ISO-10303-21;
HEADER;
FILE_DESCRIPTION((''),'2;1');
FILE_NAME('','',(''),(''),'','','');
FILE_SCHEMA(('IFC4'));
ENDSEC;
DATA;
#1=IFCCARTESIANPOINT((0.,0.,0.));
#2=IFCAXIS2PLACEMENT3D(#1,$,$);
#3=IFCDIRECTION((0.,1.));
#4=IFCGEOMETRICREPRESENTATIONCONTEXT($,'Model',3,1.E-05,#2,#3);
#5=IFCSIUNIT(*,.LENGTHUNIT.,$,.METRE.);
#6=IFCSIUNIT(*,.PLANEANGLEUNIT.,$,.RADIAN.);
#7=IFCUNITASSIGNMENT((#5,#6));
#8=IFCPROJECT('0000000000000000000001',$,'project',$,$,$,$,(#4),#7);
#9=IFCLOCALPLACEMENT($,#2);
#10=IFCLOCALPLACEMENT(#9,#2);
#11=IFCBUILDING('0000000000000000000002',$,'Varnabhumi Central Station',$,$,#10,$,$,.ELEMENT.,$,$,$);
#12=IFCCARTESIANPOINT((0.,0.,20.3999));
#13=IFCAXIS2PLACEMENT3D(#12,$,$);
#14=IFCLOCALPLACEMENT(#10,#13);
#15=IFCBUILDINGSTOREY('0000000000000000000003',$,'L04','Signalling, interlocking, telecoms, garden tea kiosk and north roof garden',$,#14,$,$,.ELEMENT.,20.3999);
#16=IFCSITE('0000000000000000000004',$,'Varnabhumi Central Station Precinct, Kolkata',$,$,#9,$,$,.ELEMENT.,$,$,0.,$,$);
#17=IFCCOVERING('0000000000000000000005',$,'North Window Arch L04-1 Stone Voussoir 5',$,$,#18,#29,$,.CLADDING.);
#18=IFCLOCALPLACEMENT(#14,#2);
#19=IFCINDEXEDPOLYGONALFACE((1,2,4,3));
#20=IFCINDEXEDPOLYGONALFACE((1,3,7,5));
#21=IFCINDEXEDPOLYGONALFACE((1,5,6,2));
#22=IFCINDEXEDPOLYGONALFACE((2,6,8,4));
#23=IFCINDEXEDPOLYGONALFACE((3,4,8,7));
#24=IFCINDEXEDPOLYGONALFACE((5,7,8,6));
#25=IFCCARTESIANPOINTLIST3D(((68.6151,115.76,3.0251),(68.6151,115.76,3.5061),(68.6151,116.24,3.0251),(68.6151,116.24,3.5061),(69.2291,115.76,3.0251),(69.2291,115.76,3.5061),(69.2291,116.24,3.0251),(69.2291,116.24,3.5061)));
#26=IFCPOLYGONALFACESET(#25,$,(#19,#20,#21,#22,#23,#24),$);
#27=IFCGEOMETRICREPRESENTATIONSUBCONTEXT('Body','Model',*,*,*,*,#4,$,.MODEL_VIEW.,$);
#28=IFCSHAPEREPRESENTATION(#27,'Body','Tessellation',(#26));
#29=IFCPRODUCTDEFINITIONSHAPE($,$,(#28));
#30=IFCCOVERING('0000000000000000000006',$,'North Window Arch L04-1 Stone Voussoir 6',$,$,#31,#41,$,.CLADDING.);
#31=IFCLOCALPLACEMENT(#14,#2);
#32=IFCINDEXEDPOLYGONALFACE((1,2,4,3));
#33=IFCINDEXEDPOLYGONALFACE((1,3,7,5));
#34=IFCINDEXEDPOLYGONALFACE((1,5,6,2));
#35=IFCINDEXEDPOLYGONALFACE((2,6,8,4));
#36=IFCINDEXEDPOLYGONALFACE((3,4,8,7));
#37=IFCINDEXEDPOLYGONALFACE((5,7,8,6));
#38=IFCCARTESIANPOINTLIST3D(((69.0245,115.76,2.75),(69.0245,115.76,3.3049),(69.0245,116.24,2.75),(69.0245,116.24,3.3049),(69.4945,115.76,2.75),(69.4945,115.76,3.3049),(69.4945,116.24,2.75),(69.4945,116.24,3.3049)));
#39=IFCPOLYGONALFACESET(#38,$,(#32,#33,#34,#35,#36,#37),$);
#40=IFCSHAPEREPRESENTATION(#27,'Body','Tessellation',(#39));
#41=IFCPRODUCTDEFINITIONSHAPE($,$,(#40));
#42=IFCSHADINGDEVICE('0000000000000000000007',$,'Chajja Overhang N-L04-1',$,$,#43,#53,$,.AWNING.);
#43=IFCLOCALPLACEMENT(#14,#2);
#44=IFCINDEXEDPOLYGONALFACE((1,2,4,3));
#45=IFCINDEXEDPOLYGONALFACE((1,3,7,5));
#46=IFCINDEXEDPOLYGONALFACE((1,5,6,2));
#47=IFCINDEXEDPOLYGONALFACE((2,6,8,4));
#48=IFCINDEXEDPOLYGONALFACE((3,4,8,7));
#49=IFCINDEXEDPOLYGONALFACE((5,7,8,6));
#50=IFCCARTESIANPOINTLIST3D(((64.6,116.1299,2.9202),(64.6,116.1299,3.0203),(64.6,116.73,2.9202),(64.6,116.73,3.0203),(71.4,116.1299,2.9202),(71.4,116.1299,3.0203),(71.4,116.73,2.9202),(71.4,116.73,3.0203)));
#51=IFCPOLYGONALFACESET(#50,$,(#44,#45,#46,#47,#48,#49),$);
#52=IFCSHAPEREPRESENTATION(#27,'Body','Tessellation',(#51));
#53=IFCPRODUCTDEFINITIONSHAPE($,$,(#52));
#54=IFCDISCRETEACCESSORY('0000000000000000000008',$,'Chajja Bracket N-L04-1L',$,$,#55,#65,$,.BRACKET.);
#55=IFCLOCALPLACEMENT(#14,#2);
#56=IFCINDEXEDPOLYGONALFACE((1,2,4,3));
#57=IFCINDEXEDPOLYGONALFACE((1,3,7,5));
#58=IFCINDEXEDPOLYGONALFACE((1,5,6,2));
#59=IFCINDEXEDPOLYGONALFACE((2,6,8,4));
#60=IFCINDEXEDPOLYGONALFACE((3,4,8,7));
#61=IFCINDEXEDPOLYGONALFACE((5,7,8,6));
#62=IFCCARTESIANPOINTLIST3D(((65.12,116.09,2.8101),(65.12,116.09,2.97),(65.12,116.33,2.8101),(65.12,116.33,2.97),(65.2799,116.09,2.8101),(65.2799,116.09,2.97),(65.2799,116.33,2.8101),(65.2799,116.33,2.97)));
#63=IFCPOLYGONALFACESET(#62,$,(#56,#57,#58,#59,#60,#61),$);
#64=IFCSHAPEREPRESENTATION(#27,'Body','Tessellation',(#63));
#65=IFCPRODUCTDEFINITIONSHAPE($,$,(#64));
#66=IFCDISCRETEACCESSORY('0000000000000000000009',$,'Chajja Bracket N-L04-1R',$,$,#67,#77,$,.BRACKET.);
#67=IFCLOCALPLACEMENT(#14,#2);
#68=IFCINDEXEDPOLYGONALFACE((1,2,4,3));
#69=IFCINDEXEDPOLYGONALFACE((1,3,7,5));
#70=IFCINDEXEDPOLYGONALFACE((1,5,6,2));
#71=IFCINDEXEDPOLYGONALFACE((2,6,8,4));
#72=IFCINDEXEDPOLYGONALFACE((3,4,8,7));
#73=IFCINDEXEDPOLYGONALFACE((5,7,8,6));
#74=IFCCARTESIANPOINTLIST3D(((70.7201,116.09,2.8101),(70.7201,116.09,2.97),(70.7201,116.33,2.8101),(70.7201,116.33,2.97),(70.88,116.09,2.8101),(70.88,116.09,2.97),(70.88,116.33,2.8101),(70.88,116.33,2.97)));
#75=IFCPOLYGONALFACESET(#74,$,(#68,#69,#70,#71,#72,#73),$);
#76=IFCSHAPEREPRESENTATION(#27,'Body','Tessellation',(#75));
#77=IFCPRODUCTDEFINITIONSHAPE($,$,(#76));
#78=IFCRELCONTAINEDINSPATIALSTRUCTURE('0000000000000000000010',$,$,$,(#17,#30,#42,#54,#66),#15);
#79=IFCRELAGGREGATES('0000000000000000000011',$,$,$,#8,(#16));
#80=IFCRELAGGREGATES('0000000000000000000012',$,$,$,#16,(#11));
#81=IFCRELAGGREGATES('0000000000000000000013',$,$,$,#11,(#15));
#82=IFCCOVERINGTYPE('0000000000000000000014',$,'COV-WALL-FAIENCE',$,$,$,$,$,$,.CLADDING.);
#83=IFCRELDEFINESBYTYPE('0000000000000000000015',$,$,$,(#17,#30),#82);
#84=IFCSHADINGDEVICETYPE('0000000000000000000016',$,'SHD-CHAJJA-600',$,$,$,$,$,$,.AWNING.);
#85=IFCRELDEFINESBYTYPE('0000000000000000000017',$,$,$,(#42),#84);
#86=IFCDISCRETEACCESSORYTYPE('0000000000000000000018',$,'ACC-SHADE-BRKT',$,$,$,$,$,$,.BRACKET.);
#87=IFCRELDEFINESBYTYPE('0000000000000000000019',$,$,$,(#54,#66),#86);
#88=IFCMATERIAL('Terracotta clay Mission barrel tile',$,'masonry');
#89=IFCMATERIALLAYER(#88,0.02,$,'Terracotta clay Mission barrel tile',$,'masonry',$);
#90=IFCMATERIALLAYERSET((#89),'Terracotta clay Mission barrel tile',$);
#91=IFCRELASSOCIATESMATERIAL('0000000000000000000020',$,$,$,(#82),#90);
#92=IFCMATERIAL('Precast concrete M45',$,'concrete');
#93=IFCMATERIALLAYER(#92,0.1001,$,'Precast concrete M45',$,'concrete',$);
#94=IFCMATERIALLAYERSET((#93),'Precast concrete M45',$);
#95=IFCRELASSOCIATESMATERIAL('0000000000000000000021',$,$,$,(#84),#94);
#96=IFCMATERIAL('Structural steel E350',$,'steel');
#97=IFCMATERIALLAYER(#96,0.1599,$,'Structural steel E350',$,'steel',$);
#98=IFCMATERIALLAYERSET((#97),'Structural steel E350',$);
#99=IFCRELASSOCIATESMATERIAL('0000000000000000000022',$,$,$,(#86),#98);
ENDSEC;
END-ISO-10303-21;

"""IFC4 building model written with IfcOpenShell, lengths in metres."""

from ifc_helpers import new_model, si_unit, direction, frame, origin, origin_2d, place, context, subcontext, project, spatial, rectangle, extrude, material, layer, layer_set, type_object, element, save


model = new_model("IFC4")

# Units and contexts
model_context = context("Model", 3, precision=1e-05, world=origin(), true_north=direction((0.0, 1.0)))
body_context = subcontext(model_context, "Body", "Model", "MODEL_VIEW")
ifc_project = project(units=[si_unit("LENGTHUNIT", "METRE"), si_unit("PLANEANGLEUNIT", "RADIAN")], contexts=[model_context])

# Site, building, storey
site_placement = place(None, origin())
site = spatial("IfcSite", under=ifc_project, at=site_placement, Name="Varnabhumi Central Station Precinct, Kolkata", CompositionType="ELEMENT", RefElevation=0.0)
building_placement = place(site_placement, origin())
building = spatial("IfcBuilding", under=site, at=building_placement, Name="Varnabhumi Central Station", CompositionType="ELEMENT")
storey_placement = place(building_placement, frame((0.0, 0.0, 20.3999)))
storey = spatial("IfcBuildingStorey", under=building, at=storey_placement, Name="L04", Description="Signalling, interlocking, telecoms, garden tea kiosk and north roof garden", CompositionType="ELEMENT", Elevation=20.3999)

# Shared definitions
ifc_material_1 = material(Name="Structural steel E350", Category="steel")

# Coverings
ifc_material_2 = material(Name="Terracotta clay Mission barrel tile", Category="masonry")
ifc_layer_1 = layer(ifc_material_2, 0.02, Name="Terracotta clay Mission barrel tile", Category="masonry")
ifc_layer_set_1 = layer_set([ifc_layer_1], Name="Terracotta clay Mission barrel tile")
covering_type = type_object("IfcCoveringType", Name="COV-WALL-FAIENCE", PredefinedType="CLADDING", material=ifc_layer_set_1)
covering_1_placement = place(storey_placement, frame((68.9221, 116.0, 3.0251), z_axis=(0.0, 0.0, 1.0), x_axis=(1.0, 0.0, 0.0)))
element("IfcCovering", 1, at=covering_1_placement, inside=storey, type_object=covering_type, Name="North Window Arch L04-1 Stone Voussoir 5", PredefinedType="CLADDING", context=body_context, shape_type="SweptSolid", body=[
    extrude(rectangle(XDim=0.614, YDim=0.48, at=origin_2d()), origin(), (0.0, 0.0, 1.0), 0.481),
])
covering_2_placement = place(storey_placement, frame((69.2595, 116.0, 2.75), z_axis=(0.0, 0.0, 1.0), x_axis=(1.0, 0.0, 0.0)))
element("IfcCovering", 2, at=covering_2_placement, inside=storey, type_object=covering_type, Name="North Window Arch L04-1 Stone Voussoir 6", PredefinedType="CLADDING", context=body_context, shape_type="SweptSolid", body=[
    extrude(rectangle(XDim=0.47, YDim=0.48, at=origin_2d()), origin(), (0.0, 0.0, 1.0), 0.5549),
])

# Shading device
ifc_material_3 = material(Name="Precast concrete M45", Category="concrete")
ifc_layer_2 = layer(ifc_material_3, 0.1001, Name="Precast concrete M45", Category="concrete")
ifc_layer_set_2 = layer_set([ifc_layer_2], Name="Precast concrete M45")
shading_device_type = type_object("IfcShadingDeviceType", Name="SHD-CHAJJA-600", PredefinedType="AWNING", material=ifc_layer_set_2)
shading_device_placement = place(storey_placement, frame((68.0, 116.4299, 2.9202), z_axis=(0.0, 0.0, 1.0), x_axis=(1.0, 0.0, 0.0)))
element("IfcShadingDevice", 3, at=shading_device_placement, inside=storey, type_object=shading_device_type, Name="Chajja Overhang N-L04-1", PredefinedType="AWNING", context=body_context, shape_type="SweptSolid", body=[
    extrude(rectangle(XDim=6.8, YDim=0.6001, at=origin_2d()), origin(), (0.0, 0.0, 1.0), 0.1001),
])

# Discrete accessories
ifc_layer_3 = layer(ifc_material_1, 0.1599, Name="Structural steel E350", Category="steel")
ifc_layer_set_3 = layer_set([ifc_layer_3], Name="Structural steel E350")
discrete_accessory_type = type_object("IfcDiscreteAccessoryType", Name="ACC-SHADE-BRKT", PredefinedType="BRACKET", material=ifc_layer_set_3)
for number, where, z_axis, x_axis, name in (
    (4, (65.2, 116.21, 2.8101), (0.0, 0.0, 1.0), (1.0, 0.0, 0.0), "Chajja Bracket N-L04-1L"),
    (5, (70.8, 116.21, 2.8101), (0.0, 0.0, 1.0), (1.0, 0.0, 0.0), "Chajja Bracket N-L04-1R"),
):
    element("IfcDiscreteAccessory", number, at=place(storey_placement, frame(where, z_axis=z_axis, x_axis=x_axis)), inside=storey, type_object=discrete_accessory_type, Name=name, PredefinedType="BRACKET", context=body_context, shape_type="SweptSolid", body=[
        extrude(rectangle(XDim=0.1599, YDim=0.24, at=origin_2d()), origin(), (0.0, 0.0, 1.0), 0.1599),
    ])

save(model, "model.ifc")
